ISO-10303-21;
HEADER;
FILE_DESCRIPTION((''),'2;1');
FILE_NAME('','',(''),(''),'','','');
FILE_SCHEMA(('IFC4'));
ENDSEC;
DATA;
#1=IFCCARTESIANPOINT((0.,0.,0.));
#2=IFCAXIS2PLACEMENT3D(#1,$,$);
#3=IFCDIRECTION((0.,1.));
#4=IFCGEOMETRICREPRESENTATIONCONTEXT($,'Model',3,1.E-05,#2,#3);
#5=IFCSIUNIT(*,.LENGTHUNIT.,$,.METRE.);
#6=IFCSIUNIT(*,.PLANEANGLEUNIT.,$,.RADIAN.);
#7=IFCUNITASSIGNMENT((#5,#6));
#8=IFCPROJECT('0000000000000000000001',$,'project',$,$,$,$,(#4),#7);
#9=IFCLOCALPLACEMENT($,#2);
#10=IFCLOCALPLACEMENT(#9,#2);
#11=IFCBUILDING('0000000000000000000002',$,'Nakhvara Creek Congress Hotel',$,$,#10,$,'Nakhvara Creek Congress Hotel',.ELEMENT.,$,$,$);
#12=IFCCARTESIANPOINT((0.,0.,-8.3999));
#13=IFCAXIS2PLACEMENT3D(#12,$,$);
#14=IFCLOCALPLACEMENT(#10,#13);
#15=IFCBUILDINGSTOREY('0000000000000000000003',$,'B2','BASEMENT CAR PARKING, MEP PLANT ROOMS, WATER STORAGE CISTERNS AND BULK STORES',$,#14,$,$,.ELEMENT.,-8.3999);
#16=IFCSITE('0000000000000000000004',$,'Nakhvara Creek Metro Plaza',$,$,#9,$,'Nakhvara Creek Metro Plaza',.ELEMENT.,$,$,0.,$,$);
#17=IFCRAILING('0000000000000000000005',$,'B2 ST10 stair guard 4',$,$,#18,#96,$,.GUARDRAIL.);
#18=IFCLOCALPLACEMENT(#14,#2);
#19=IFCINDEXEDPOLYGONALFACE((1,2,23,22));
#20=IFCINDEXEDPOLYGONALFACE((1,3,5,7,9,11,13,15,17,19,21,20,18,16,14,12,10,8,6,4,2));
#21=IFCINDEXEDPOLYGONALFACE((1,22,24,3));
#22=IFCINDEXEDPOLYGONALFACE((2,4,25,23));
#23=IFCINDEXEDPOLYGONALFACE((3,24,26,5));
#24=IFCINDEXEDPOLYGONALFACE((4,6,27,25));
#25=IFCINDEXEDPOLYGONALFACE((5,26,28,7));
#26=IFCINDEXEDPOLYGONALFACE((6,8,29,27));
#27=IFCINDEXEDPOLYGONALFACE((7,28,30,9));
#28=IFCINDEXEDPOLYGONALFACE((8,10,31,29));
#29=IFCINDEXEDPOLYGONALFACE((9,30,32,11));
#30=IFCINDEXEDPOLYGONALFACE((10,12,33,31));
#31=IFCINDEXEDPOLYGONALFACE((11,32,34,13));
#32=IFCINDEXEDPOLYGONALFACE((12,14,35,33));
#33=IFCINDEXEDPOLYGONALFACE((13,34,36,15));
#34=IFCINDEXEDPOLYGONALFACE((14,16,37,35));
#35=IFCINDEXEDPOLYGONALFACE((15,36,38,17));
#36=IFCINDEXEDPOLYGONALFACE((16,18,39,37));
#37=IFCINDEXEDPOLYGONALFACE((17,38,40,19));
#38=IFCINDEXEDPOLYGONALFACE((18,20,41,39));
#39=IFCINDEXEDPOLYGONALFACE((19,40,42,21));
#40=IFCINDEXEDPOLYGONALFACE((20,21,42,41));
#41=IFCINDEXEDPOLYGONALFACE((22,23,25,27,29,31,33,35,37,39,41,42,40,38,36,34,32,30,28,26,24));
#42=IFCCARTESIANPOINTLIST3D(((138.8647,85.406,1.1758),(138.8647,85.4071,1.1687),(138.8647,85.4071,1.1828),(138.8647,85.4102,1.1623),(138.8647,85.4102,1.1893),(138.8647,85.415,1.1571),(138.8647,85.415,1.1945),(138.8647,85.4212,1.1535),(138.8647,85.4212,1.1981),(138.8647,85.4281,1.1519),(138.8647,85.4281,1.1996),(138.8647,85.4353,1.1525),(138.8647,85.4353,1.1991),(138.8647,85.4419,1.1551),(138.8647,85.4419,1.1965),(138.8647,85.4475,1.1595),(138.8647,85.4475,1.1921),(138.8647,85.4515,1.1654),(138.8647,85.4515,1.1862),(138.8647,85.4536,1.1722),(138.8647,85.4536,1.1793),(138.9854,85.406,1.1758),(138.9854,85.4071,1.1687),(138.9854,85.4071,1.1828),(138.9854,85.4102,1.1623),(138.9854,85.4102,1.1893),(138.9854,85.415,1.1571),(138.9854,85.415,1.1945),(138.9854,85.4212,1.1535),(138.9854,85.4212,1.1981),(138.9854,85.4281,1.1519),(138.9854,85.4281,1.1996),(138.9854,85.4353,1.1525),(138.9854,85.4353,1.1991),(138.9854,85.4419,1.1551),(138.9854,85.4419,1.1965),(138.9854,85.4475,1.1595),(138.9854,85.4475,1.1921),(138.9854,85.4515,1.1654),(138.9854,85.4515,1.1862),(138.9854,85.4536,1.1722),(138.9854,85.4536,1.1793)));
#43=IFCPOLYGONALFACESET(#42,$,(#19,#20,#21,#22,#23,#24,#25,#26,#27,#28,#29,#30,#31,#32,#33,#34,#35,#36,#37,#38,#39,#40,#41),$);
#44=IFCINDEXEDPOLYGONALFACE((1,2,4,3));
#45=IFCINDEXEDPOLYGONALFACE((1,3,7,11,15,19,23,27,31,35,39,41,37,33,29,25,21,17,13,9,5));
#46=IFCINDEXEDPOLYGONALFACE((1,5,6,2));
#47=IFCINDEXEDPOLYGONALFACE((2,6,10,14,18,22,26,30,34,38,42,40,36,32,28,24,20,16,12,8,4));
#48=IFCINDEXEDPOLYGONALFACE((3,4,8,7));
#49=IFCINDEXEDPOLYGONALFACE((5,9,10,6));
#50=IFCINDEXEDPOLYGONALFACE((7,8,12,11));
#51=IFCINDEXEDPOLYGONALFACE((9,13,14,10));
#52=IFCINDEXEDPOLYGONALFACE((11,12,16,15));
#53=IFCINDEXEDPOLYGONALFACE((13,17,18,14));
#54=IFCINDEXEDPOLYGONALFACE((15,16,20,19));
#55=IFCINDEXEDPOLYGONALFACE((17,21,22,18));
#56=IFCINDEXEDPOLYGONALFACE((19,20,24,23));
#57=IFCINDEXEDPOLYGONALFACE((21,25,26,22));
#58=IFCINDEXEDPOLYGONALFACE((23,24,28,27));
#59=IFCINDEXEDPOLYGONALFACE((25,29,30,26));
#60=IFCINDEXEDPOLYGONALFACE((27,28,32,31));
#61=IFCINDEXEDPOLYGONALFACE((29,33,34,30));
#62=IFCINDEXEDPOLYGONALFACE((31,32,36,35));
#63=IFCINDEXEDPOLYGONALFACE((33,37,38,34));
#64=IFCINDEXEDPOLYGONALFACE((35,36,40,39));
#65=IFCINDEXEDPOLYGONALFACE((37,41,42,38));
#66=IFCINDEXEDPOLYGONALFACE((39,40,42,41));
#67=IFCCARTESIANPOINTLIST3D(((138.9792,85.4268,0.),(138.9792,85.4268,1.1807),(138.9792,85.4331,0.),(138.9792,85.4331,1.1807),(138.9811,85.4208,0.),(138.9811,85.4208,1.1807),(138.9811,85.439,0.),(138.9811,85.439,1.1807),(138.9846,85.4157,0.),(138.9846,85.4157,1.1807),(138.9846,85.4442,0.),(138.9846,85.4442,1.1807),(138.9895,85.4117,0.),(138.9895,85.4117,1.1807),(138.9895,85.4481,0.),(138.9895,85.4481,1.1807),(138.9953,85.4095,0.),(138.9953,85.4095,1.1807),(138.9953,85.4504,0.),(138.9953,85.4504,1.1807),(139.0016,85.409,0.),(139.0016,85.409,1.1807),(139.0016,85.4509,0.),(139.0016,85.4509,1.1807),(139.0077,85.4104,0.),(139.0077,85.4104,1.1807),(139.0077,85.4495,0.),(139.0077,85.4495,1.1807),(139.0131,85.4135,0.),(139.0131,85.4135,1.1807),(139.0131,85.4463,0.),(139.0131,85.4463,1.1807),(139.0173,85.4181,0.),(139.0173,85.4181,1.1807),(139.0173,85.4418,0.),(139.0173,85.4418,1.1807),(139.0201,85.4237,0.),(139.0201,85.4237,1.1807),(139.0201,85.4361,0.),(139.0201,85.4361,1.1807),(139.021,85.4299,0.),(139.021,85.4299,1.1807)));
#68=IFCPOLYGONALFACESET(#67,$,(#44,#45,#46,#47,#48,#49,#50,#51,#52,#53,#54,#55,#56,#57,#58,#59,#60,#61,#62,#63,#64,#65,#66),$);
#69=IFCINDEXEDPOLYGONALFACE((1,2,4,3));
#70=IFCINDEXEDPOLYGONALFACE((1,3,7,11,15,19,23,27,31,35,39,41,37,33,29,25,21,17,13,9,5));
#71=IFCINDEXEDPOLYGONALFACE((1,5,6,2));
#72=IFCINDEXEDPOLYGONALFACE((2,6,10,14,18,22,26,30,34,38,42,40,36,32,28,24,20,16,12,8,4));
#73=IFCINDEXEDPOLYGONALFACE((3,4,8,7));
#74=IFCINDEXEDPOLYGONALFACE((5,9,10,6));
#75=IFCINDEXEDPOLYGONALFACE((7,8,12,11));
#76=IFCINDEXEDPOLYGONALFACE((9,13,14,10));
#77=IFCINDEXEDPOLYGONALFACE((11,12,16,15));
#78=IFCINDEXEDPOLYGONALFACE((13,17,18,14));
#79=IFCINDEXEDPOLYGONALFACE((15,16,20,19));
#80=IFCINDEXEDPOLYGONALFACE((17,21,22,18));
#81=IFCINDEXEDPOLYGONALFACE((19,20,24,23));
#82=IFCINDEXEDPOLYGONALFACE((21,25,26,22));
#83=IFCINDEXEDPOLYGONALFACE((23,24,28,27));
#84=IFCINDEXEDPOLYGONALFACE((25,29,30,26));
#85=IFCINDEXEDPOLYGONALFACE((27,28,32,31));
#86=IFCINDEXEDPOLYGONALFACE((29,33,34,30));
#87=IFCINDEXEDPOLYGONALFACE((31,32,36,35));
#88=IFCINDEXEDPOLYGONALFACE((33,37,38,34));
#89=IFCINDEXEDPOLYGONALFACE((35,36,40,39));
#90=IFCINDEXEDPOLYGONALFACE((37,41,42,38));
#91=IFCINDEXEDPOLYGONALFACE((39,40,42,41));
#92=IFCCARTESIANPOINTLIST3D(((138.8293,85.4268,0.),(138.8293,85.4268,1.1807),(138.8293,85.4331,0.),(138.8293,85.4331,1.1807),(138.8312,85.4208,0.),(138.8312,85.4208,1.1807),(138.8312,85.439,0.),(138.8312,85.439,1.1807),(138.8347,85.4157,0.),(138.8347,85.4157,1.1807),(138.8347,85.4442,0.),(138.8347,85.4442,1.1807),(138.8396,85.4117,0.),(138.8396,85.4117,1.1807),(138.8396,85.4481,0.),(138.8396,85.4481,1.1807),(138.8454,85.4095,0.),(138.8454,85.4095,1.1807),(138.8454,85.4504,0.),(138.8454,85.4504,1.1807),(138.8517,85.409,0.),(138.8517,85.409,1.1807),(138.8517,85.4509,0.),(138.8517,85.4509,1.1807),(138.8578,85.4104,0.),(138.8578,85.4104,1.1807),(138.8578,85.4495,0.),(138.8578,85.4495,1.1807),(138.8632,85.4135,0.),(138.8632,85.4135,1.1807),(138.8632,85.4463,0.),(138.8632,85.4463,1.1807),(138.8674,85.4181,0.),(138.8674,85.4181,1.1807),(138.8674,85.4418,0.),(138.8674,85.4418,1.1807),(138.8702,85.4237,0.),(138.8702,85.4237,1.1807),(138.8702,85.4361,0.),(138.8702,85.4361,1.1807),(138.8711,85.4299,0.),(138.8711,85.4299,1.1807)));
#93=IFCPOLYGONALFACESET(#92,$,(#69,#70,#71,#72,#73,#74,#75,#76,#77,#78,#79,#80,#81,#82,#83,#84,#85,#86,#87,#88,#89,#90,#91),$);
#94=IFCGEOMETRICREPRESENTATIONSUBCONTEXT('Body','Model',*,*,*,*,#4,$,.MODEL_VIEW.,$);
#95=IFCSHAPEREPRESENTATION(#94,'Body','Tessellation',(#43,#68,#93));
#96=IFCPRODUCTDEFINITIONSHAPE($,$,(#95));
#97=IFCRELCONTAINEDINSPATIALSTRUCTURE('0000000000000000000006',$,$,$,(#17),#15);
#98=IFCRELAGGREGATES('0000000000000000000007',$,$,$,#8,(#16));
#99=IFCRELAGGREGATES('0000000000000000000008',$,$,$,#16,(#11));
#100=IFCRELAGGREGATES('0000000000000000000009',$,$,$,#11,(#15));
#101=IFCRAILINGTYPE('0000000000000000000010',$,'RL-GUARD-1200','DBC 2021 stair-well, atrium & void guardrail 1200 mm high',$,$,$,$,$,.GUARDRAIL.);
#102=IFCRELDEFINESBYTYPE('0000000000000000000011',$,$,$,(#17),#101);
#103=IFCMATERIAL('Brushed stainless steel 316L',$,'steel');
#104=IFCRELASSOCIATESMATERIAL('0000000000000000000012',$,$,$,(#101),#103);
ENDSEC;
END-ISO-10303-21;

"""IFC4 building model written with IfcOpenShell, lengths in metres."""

from ifc_helpers import new_model, si_unit, direction, frame, origin, origin_2d, place, context, subcontext, project, spatial, circle, extrude, material, type_object, element, save


model = new_model("IFC4")

# Units and contexts
model_context = context("Model", 3, precision=1e-05, world=origin(), true_north=direction((0.0, 1.0)))
body_context = subcontext(model_context, "Body", "Model", "MODEL_VIEW")
ifc_project = project(units=[si_unit("LENGTHUNIT", "METRE"), si_unit("PLANEANGLEUNIT", "RADIAN")], contexts=[model_context])

# Site, building, storey
site_placement = place(None, origin())
site = spatial("IfcSite", under=ifc_project, at=site_placement, Name="Nakhvara Creek Metro Plaza", LongName="Nakhvara Creek Metro Plaza", CompositionType="ELEMENT", RefElevation=0.0)
building_placement = place(site_placement, origin())
building = spatial("IfcBuilding", under=site, at=building_placement, Name="Nakhvara Creek Congress Hotel", LongName="Nakhvara Creek Congress Hotel", CompositionType="ELEMENT")
storey_placement = place(building_placement, frame((0.0, 0.0, -8.3999)))
storey = spatial("IfcBuildingStorey", under=building, at=storey_placement, Name="B2", Description="BASEMENT CAR PARKING, MEP PLANT ROOMS, WATER STORAGE CISTERNS AND BULK STORES", CompositionType="ELEMENT", Elevation=-8.3999)

# Railing
ifc_material_1 = material(Name="Brushed stainless steel 316L", Category="steel")
railing_type_1 = type_object("IfcRailingType", Name="RL-GUARD-1200", Description="DBC 2021 stair-well, atrium & void guardrail 1200 mm high", PredefinedType="GUARDRAIL", material=ifc_material_1)
railing_1_placement = place(storey_placement, frame((139.0, 85.4299, 0.0)))
element("IfcRailing", 1, at=railing_1_placement, inside=storey, type_object=railing_type_1, Name="B2 ST10 stair guard 4", PredefinedType="GUARDRAIL", context=body_context, shape_type="SweptSolid", body=[
    extrude(circle(Radius=0.0239, at=origin_2d()), frame((-0.0146, 0.0, 1.1758), z_axis=(-1.0, 0.0, 0.0), x_axis=(0.0, -1.0, 0.0)), (0.0, 0.0, 1.0), 0.1206),
    extrude(circle(Radius=0.021, at=origin_2d()), origin(), (0.0, 0.0, 1.0), 1.1807),
    extrude(circle(Radius=0.021, at=origin_2d()), frame((-0.1499, 0.0, 0.0)), (0.0, 0.0, 1.0), 1.1807),
])

save(model, "model.ifc")
